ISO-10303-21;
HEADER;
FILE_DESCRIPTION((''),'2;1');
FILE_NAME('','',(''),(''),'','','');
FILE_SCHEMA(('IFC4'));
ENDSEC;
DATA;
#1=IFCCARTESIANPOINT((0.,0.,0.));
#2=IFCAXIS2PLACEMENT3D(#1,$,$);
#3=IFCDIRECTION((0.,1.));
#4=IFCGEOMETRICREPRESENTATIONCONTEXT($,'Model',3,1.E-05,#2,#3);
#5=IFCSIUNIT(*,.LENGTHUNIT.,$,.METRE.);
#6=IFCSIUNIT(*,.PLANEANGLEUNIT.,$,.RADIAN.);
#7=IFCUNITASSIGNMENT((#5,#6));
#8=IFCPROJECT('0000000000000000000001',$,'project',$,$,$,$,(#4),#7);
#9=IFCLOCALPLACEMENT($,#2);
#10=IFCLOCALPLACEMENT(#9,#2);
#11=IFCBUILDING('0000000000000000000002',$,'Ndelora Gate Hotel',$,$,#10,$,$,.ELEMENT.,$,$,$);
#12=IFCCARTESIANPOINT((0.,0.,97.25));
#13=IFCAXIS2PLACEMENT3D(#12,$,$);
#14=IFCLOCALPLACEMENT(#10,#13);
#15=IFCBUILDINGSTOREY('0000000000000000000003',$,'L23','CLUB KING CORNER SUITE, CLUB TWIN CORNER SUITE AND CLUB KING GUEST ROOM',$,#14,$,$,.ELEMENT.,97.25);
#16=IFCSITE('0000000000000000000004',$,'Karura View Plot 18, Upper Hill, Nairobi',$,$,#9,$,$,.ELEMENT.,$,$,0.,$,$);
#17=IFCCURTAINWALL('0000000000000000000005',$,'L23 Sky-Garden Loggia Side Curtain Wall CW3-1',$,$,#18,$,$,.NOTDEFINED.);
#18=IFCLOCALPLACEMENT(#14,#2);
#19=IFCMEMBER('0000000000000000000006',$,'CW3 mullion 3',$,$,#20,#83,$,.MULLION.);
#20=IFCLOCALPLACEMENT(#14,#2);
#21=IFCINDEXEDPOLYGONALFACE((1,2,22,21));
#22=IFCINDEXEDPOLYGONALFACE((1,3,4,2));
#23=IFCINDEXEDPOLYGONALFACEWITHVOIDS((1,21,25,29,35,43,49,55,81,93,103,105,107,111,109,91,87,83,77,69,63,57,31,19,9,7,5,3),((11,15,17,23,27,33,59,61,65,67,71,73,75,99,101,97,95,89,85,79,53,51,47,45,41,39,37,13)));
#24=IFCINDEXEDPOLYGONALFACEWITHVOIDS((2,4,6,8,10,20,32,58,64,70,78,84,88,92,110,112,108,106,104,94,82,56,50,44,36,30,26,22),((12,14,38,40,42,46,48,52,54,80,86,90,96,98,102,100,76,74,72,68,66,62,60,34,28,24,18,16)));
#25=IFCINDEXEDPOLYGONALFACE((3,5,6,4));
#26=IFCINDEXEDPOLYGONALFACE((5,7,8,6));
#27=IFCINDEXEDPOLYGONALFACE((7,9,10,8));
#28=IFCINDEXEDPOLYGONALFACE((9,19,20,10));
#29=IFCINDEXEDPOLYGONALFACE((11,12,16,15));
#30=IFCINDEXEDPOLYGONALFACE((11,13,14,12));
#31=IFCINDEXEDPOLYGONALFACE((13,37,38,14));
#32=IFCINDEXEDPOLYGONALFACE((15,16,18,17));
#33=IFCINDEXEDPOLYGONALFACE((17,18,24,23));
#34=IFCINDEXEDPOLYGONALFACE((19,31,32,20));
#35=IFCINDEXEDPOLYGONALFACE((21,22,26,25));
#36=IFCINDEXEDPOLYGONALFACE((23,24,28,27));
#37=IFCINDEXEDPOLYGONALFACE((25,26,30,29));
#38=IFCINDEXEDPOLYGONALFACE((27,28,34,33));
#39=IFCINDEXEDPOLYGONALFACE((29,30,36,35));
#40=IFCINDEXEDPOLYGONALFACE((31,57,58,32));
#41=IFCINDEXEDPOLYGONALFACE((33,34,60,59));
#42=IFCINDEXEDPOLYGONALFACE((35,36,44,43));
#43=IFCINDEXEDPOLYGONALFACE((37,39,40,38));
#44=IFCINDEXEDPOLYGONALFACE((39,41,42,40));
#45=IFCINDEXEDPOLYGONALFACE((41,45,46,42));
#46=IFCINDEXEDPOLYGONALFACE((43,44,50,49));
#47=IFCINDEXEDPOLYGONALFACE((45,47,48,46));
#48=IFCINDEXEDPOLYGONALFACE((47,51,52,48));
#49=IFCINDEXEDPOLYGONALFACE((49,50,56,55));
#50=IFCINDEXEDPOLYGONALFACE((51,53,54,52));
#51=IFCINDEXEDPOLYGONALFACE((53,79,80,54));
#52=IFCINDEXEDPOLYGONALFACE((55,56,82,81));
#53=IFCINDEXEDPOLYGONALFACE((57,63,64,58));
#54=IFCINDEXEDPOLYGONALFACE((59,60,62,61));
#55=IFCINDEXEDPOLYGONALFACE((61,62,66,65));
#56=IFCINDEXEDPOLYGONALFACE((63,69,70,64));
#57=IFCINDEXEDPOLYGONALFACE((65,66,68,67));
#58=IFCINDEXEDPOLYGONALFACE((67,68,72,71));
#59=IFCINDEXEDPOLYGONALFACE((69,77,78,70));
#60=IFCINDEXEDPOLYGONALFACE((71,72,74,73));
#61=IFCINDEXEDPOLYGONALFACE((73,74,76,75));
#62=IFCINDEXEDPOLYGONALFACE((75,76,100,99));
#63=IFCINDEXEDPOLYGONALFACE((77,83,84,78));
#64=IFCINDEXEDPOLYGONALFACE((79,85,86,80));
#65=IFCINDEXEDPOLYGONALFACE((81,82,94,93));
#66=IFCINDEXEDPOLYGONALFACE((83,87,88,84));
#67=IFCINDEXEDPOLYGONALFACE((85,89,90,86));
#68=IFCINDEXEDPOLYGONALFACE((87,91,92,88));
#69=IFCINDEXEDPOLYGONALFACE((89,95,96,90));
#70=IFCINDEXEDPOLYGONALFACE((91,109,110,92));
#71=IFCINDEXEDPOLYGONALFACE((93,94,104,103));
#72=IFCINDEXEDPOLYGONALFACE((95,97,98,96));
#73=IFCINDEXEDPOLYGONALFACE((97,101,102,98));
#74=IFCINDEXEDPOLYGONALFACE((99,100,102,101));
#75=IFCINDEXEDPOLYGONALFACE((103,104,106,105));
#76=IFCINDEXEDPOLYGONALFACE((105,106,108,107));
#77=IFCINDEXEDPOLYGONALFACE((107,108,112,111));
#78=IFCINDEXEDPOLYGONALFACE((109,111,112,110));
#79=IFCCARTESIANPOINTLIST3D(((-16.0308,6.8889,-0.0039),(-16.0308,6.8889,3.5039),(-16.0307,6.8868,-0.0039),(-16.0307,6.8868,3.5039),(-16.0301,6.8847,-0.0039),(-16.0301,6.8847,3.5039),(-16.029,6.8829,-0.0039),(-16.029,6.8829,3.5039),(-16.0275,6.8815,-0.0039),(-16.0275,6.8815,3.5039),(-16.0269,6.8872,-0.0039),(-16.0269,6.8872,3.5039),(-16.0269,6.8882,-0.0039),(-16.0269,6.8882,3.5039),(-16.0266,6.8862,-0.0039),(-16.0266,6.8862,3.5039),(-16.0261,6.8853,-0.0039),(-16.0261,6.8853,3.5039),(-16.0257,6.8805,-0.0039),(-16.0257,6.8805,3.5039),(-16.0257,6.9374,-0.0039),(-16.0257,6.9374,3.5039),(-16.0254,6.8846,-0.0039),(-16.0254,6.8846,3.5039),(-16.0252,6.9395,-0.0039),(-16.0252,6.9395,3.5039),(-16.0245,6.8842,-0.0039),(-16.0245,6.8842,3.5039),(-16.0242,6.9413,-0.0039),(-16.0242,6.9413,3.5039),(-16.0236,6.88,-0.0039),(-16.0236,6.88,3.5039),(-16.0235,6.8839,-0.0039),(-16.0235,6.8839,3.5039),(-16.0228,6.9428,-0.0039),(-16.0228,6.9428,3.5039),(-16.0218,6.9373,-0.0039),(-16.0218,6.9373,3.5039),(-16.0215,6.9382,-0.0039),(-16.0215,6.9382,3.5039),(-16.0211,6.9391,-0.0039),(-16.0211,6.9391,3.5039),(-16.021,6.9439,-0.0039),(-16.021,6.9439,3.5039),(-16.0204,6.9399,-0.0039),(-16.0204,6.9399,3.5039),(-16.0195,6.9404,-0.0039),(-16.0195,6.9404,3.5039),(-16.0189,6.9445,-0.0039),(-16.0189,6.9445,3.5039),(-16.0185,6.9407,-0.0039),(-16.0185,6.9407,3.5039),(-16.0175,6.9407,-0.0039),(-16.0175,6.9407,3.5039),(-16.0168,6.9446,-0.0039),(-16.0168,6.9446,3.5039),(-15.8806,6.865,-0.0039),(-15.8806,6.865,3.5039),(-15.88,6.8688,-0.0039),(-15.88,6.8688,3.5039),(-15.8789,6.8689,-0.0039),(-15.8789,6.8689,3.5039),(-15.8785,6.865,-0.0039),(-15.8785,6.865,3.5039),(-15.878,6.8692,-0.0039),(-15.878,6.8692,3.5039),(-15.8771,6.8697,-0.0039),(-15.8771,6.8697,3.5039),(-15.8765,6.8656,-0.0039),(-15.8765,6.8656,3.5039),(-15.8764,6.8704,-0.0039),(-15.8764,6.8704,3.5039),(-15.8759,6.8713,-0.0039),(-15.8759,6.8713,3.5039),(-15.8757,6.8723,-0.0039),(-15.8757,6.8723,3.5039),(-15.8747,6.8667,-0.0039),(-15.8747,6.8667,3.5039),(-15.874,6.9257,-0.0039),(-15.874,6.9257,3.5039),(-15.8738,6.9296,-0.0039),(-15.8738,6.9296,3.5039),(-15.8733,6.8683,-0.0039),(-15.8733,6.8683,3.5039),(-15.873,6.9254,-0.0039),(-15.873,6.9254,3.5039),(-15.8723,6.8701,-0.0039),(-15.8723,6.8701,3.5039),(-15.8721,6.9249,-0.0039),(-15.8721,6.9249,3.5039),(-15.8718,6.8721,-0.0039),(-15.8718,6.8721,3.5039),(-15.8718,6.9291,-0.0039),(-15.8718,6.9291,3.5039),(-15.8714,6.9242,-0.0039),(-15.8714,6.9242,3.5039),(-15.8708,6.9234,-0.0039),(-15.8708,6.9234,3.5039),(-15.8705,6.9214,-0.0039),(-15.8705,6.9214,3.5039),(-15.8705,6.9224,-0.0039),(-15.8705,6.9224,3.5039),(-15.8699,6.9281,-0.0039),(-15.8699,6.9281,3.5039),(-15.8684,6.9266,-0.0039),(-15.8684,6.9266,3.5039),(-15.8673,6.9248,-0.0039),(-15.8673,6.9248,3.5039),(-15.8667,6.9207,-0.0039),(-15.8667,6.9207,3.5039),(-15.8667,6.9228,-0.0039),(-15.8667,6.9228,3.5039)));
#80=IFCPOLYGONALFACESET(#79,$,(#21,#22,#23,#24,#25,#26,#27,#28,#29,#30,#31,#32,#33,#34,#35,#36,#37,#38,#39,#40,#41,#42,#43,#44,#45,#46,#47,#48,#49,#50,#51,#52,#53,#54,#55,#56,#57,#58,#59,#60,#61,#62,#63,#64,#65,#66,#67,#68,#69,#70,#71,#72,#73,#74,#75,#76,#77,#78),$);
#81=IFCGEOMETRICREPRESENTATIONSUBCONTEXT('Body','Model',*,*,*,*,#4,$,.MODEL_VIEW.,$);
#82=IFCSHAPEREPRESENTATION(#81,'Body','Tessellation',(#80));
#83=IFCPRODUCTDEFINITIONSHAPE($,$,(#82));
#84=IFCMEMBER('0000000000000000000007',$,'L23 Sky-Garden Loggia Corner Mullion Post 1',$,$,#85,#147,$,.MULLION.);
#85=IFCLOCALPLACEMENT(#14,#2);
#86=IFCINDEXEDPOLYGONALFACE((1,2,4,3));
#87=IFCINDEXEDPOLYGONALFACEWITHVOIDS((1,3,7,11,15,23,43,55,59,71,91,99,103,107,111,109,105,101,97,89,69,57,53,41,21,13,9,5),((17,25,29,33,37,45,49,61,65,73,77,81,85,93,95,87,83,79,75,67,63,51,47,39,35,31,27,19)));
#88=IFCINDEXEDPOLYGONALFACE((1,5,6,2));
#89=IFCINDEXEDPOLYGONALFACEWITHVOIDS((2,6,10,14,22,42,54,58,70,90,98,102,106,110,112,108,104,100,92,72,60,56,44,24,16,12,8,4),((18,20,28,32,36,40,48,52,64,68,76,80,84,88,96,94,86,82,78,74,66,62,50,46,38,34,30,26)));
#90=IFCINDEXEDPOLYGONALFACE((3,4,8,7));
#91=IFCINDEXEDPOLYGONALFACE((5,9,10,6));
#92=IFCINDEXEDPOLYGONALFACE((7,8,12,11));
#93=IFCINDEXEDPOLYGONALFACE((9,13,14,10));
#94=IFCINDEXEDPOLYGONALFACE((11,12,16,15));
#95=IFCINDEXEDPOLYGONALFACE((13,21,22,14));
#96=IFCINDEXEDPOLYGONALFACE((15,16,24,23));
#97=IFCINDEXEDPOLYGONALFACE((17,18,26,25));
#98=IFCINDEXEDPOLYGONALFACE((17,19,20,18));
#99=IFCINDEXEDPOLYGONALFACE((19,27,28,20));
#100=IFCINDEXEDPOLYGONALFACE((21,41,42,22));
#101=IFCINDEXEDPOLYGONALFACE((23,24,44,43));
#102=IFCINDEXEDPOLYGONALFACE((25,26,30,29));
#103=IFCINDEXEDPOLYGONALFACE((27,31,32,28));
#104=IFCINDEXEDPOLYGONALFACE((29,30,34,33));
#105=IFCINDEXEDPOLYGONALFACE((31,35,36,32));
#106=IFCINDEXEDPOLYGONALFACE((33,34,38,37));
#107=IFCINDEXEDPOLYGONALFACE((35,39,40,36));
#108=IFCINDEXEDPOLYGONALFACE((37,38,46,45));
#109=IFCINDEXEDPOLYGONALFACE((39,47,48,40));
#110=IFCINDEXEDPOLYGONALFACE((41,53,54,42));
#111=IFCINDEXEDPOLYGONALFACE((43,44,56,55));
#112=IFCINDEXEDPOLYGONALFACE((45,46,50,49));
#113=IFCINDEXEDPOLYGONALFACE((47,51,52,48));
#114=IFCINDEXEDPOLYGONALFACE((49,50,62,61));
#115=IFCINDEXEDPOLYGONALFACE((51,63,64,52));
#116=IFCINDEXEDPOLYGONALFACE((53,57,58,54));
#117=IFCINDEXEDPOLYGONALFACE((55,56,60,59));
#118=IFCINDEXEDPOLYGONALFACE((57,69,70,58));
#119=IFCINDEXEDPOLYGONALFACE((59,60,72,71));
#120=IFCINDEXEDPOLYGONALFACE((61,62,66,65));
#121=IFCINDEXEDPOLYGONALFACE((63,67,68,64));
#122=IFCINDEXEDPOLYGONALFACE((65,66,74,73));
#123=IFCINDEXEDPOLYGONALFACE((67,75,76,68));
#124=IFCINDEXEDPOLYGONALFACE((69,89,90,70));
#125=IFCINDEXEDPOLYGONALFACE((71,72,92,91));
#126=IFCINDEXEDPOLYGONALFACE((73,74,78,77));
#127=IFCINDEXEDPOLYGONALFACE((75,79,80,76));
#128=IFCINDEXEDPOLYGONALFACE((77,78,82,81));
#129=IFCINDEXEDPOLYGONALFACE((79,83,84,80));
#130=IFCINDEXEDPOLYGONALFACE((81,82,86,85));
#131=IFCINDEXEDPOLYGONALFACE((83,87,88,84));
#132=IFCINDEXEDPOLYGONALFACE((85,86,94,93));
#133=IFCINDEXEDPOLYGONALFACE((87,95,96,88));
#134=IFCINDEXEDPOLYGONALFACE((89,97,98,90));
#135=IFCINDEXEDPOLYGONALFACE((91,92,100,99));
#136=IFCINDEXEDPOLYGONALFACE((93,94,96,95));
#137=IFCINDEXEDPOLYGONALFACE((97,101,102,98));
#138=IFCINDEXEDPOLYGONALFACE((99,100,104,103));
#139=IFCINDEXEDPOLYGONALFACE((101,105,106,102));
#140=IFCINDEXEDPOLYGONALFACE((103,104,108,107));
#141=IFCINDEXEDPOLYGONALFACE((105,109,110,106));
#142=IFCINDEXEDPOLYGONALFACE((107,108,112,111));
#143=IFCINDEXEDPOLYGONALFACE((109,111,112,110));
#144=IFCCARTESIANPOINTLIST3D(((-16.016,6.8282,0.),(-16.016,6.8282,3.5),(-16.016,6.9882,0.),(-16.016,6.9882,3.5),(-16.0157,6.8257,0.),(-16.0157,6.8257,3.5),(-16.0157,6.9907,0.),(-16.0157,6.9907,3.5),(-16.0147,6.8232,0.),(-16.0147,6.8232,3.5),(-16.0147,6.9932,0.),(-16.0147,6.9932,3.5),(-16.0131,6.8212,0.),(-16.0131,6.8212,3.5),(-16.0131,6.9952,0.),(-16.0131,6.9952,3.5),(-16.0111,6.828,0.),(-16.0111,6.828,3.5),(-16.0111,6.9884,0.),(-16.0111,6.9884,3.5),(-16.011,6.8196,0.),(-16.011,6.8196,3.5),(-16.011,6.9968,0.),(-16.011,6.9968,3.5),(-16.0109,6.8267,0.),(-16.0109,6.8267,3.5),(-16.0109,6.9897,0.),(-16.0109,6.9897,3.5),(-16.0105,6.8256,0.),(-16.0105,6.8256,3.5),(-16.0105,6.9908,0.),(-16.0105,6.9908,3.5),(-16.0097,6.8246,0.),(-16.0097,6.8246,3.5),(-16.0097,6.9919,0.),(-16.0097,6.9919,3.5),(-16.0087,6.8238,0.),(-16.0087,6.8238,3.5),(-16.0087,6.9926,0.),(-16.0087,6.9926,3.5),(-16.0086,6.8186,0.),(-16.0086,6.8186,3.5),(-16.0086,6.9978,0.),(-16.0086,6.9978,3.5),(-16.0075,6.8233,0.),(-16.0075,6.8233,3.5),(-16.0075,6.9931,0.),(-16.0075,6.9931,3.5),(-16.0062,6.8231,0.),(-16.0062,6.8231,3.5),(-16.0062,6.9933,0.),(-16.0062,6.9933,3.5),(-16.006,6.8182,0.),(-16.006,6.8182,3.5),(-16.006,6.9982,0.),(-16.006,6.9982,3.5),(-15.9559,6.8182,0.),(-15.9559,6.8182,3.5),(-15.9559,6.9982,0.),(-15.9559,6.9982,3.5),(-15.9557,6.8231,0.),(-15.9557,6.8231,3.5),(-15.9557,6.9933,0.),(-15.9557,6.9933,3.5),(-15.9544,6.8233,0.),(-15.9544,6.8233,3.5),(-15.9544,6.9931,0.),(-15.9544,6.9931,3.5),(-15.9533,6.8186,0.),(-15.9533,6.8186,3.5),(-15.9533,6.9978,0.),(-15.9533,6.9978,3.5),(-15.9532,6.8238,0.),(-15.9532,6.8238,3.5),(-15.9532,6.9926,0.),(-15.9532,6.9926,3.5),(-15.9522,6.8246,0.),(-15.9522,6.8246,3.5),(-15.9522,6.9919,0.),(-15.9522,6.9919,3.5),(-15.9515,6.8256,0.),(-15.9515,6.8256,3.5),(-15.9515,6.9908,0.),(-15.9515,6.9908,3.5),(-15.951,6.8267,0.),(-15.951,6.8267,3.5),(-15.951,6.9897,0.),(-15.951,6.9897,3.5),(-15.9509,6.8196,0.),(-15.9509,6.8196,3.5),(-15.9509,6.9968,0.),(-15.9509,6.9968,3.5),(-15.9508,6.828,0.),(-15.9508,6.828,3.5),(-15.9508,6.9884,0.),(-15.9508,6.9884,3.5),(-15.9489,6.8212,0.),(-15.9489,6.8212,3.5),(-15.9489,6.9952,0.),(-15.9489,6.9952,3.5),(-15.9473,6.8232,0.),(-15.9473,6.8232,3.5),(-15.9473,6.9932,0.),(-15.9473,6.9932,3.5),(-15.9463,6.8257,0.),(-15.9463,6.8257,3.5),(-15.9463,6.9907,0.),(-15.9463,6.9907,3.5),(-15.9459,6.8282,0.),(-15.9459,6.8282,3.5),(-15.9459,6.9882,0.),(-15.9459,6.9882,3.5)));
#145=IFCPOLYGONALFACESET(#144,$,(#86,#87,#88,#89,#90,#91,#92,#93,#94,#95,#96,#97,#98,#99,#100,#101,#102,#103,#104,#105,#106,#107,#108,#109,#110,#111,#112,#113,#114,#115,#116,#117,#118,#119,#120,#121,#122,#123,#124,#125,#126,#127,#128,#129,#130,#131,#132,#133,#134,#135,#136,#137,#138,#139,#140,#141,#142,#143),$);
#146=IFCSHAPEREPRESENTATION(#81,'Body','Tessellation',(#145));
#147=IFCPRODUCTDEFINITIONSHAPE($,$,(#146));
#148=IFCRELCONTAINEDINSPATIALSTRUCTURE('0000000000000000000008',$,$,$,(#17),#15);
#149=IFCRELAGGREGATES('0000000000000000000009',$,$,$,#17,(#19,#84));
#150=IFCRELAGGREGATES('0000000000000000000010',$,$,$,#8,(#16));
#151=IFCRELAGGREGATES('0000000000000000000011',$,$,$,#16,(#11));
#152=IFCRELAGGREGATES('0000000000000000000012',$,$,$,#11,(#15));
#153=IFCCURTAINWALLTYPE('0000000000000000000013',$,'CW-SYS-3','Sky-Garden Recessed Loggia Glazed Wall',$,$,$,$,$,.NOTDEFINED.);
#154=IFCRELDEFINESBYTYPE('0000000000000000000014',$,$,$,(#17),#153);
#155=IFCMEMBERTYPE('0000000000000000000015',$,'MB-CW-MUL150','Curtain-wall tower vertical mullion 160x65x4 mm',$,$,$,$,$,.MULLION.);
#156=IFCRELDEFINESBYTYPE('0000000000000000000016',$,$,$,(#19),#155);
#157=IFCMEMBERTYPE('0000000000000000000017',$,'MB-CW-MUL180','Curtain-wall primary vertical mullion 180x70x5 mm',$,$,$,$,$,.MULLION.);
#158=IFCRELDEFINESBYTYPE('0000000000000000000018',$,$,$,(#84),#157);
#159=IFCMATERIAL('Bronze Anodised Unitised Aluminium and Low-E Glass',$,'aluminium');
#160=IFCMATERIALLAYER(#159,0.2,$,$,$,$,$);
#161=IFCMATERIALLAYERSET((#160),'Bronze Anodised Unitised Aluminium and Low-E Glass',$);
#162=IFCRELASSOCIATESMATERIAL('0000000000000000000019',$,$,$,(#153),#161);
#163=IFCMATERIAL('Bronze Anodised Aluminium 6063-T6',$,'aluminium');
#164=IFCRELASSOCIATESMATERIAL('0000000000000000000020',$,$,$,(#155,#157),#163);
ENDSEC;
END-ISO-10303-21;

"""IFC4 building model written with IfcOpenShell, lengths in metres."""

from ifc_helpers import new_model, si_unit, direction, frame, origin, origin_2d, place, context, subcontext, project, spatial, hollow_rectangle, extrude, material, layer, layer_set, material_profile, profile_set, type_object, element, aggregate, save


model = new_model("IFC4")

# Units and contexts
model_context = context("Model", 3, precision=1e-05, world=origin(), true_north=direction((0.0, 1.0)))
body_context = subcontext(model_context, "Body", "Model", "MODEL_VIEW")
ifc_project = project(units=[si_unit("LENGTHUNIT", "METRE"), si_unit("PLANEANGLEUNIT", "RADIAN")], contexts=[model_context])

# Site, building, storey
site_placement = place(None, origin())
site = spatial("IfcSite", under=ifc_project, at=site_placement, Name="Karura View Plot 18, Upper Hill, Nairobi", CompositionType="ELEMENT", RefElevation=0.0)
building_placement = place(site_placement, origin())
building = spatial("IfcBuilding", under=site, at=building_placement, Name="Ndelora Gate Hotel", CompositionType="ELEMENT")
storey_placement = place(building_placement, frame((0.0, 0.0, 97.25)))
storey = spatial("IfcBuildingStorey", under=building, at=storey_placement, Name="L23", Description="CLUB KING CORNER SUITE, CLUB TWIN CORNER SUITE AND CLUB KING GUEST ROOM", CompositionType="ELEMENT", Elevation=97.25)

# Curtain wall, members
ifc_material_1 = material(Name="Bronze Anodised Unitised Aluminium and Low-E Glass", Category="aluminium")
ifc_layer_1 = layer(ifc_material_1, 0.2)
ifc_layer_set_1 = layer_set([ifc_layer_1], Name="Bronze Anodised Unitised Aluminium and Low-E Glass")
curtain_wall_type = type_object("IfcCurtainWallType", Name="CW-SYS-3", Description="Sky-Garden Recessed Loggia Glazed Wall", PredefinedType="NOTDEFINED", material=ifc_layer_set_1)
curtain_wall_placement = place(storey_placement, origin())
curtain_wall = element("IfcCurtainWall", 1, at=curtain_wall_placement, inside=storey, type_object=curtain_wall_type, Name="L23 Sky-Garden Loggia Side Curtain Wall CW3-1", PredefinedType="NOTDEFINED")
ifc_material_2 = material(Name="Bronze Anodised Aluminium 6063-T6", Category="aluminium")
ifc_material_profile_1 = material_profile(ifc_material_2, hollow_rectangle(XDim=0.0649, YDim=0.1599, WallThickness=0.0039, InnerFilletRadius=0.0039, OuterFilletRadius=0.0081, at=origin_2d()), Name="ALU 160x65x4")
ifc_profile_set_1 = profile_set([ifc_material_profile_1], Name="Bronze Anodised Aluminium 6063-T6")
member_type_1 = type_object("IfcMemberType", Name="MB-CW-MUL150", Description="Curtain-wall tower vertical mullion 160x65x4 mm", PredefinedType="MULLION", material=ifc_profile_set_1)
member_1_placement = place(storey_placement, frame((-15.9487, 6.9048, -0.0039), z_axis=(0.0, 0.0, 1.0), x_axis=(-0.104503, -0.994525, 0.0)))
member_1 = element("IfcMember", 2, at=member_1_placement, type_object=member_type_1, Name="CW3 mullion 3", PredefinedType="MULLION", context=body_context, shape_type="SweptSolid", body=[
    extrude(hollow_rectangle(XDim=0.0649, YDim=0.1599, WallThickness=0.0039, InnerFilletRadius=0.0039, OuterFilletRadius=0.0081, at=origin_2d()), origin(), (0.0, 0.0, 1.0), 3.5078),
])
ifc_material_profile_2 = material_profile(ifc_material_2, hollow_rectangle(XDim=0.0701, YDim=0.1799, WallThickness=0.0049, InnerFilletRadius=0.0049, OuterFilletRadius=0.01, at=origin_2d()), Name="ALU 180x70x5")
ifc_profile_set_2 = profile_set([ifc_material_profile_2], Name="Bronze Anodised Aluminium 6063-T6")
member_type_2 = type_object("IfcMemberType", Name="MB-CW-MUL180", Description="Curtain-wall primary vertical mullion 180x70x5 mm", PredefinedType="MULLION", material=ifc_profile_set_2)
member_2_placement = place(storey_placement, frame((-15.981, 6.9082, 0.0), z_axis=(0.0, 0.0, 1.0), x_axis=(1.0, 0.0, 0.0)))
member_2 = element("IfcMember", 3, at=member_2_placement, type_object=member_type_2, Name="L23 Sky-Garden Loggia Corner Mullion Post 1", PredefinedType="MULLION", context=body_context, shape_type="SweptSolid", body=[
    extrude(hollow_rectangle(XDim=0.0701, YDim=0.1799, WallThickness=0.0049, InnerFilletRadius=0.0049, OuterFilletRadius=0.01, at=origin_2d()), origin(), (0.0, 0.0, 1.0), 3.5),
])
aggregate(curtain_wall, [member_1, member_2])

save(model, "model.ifc")
